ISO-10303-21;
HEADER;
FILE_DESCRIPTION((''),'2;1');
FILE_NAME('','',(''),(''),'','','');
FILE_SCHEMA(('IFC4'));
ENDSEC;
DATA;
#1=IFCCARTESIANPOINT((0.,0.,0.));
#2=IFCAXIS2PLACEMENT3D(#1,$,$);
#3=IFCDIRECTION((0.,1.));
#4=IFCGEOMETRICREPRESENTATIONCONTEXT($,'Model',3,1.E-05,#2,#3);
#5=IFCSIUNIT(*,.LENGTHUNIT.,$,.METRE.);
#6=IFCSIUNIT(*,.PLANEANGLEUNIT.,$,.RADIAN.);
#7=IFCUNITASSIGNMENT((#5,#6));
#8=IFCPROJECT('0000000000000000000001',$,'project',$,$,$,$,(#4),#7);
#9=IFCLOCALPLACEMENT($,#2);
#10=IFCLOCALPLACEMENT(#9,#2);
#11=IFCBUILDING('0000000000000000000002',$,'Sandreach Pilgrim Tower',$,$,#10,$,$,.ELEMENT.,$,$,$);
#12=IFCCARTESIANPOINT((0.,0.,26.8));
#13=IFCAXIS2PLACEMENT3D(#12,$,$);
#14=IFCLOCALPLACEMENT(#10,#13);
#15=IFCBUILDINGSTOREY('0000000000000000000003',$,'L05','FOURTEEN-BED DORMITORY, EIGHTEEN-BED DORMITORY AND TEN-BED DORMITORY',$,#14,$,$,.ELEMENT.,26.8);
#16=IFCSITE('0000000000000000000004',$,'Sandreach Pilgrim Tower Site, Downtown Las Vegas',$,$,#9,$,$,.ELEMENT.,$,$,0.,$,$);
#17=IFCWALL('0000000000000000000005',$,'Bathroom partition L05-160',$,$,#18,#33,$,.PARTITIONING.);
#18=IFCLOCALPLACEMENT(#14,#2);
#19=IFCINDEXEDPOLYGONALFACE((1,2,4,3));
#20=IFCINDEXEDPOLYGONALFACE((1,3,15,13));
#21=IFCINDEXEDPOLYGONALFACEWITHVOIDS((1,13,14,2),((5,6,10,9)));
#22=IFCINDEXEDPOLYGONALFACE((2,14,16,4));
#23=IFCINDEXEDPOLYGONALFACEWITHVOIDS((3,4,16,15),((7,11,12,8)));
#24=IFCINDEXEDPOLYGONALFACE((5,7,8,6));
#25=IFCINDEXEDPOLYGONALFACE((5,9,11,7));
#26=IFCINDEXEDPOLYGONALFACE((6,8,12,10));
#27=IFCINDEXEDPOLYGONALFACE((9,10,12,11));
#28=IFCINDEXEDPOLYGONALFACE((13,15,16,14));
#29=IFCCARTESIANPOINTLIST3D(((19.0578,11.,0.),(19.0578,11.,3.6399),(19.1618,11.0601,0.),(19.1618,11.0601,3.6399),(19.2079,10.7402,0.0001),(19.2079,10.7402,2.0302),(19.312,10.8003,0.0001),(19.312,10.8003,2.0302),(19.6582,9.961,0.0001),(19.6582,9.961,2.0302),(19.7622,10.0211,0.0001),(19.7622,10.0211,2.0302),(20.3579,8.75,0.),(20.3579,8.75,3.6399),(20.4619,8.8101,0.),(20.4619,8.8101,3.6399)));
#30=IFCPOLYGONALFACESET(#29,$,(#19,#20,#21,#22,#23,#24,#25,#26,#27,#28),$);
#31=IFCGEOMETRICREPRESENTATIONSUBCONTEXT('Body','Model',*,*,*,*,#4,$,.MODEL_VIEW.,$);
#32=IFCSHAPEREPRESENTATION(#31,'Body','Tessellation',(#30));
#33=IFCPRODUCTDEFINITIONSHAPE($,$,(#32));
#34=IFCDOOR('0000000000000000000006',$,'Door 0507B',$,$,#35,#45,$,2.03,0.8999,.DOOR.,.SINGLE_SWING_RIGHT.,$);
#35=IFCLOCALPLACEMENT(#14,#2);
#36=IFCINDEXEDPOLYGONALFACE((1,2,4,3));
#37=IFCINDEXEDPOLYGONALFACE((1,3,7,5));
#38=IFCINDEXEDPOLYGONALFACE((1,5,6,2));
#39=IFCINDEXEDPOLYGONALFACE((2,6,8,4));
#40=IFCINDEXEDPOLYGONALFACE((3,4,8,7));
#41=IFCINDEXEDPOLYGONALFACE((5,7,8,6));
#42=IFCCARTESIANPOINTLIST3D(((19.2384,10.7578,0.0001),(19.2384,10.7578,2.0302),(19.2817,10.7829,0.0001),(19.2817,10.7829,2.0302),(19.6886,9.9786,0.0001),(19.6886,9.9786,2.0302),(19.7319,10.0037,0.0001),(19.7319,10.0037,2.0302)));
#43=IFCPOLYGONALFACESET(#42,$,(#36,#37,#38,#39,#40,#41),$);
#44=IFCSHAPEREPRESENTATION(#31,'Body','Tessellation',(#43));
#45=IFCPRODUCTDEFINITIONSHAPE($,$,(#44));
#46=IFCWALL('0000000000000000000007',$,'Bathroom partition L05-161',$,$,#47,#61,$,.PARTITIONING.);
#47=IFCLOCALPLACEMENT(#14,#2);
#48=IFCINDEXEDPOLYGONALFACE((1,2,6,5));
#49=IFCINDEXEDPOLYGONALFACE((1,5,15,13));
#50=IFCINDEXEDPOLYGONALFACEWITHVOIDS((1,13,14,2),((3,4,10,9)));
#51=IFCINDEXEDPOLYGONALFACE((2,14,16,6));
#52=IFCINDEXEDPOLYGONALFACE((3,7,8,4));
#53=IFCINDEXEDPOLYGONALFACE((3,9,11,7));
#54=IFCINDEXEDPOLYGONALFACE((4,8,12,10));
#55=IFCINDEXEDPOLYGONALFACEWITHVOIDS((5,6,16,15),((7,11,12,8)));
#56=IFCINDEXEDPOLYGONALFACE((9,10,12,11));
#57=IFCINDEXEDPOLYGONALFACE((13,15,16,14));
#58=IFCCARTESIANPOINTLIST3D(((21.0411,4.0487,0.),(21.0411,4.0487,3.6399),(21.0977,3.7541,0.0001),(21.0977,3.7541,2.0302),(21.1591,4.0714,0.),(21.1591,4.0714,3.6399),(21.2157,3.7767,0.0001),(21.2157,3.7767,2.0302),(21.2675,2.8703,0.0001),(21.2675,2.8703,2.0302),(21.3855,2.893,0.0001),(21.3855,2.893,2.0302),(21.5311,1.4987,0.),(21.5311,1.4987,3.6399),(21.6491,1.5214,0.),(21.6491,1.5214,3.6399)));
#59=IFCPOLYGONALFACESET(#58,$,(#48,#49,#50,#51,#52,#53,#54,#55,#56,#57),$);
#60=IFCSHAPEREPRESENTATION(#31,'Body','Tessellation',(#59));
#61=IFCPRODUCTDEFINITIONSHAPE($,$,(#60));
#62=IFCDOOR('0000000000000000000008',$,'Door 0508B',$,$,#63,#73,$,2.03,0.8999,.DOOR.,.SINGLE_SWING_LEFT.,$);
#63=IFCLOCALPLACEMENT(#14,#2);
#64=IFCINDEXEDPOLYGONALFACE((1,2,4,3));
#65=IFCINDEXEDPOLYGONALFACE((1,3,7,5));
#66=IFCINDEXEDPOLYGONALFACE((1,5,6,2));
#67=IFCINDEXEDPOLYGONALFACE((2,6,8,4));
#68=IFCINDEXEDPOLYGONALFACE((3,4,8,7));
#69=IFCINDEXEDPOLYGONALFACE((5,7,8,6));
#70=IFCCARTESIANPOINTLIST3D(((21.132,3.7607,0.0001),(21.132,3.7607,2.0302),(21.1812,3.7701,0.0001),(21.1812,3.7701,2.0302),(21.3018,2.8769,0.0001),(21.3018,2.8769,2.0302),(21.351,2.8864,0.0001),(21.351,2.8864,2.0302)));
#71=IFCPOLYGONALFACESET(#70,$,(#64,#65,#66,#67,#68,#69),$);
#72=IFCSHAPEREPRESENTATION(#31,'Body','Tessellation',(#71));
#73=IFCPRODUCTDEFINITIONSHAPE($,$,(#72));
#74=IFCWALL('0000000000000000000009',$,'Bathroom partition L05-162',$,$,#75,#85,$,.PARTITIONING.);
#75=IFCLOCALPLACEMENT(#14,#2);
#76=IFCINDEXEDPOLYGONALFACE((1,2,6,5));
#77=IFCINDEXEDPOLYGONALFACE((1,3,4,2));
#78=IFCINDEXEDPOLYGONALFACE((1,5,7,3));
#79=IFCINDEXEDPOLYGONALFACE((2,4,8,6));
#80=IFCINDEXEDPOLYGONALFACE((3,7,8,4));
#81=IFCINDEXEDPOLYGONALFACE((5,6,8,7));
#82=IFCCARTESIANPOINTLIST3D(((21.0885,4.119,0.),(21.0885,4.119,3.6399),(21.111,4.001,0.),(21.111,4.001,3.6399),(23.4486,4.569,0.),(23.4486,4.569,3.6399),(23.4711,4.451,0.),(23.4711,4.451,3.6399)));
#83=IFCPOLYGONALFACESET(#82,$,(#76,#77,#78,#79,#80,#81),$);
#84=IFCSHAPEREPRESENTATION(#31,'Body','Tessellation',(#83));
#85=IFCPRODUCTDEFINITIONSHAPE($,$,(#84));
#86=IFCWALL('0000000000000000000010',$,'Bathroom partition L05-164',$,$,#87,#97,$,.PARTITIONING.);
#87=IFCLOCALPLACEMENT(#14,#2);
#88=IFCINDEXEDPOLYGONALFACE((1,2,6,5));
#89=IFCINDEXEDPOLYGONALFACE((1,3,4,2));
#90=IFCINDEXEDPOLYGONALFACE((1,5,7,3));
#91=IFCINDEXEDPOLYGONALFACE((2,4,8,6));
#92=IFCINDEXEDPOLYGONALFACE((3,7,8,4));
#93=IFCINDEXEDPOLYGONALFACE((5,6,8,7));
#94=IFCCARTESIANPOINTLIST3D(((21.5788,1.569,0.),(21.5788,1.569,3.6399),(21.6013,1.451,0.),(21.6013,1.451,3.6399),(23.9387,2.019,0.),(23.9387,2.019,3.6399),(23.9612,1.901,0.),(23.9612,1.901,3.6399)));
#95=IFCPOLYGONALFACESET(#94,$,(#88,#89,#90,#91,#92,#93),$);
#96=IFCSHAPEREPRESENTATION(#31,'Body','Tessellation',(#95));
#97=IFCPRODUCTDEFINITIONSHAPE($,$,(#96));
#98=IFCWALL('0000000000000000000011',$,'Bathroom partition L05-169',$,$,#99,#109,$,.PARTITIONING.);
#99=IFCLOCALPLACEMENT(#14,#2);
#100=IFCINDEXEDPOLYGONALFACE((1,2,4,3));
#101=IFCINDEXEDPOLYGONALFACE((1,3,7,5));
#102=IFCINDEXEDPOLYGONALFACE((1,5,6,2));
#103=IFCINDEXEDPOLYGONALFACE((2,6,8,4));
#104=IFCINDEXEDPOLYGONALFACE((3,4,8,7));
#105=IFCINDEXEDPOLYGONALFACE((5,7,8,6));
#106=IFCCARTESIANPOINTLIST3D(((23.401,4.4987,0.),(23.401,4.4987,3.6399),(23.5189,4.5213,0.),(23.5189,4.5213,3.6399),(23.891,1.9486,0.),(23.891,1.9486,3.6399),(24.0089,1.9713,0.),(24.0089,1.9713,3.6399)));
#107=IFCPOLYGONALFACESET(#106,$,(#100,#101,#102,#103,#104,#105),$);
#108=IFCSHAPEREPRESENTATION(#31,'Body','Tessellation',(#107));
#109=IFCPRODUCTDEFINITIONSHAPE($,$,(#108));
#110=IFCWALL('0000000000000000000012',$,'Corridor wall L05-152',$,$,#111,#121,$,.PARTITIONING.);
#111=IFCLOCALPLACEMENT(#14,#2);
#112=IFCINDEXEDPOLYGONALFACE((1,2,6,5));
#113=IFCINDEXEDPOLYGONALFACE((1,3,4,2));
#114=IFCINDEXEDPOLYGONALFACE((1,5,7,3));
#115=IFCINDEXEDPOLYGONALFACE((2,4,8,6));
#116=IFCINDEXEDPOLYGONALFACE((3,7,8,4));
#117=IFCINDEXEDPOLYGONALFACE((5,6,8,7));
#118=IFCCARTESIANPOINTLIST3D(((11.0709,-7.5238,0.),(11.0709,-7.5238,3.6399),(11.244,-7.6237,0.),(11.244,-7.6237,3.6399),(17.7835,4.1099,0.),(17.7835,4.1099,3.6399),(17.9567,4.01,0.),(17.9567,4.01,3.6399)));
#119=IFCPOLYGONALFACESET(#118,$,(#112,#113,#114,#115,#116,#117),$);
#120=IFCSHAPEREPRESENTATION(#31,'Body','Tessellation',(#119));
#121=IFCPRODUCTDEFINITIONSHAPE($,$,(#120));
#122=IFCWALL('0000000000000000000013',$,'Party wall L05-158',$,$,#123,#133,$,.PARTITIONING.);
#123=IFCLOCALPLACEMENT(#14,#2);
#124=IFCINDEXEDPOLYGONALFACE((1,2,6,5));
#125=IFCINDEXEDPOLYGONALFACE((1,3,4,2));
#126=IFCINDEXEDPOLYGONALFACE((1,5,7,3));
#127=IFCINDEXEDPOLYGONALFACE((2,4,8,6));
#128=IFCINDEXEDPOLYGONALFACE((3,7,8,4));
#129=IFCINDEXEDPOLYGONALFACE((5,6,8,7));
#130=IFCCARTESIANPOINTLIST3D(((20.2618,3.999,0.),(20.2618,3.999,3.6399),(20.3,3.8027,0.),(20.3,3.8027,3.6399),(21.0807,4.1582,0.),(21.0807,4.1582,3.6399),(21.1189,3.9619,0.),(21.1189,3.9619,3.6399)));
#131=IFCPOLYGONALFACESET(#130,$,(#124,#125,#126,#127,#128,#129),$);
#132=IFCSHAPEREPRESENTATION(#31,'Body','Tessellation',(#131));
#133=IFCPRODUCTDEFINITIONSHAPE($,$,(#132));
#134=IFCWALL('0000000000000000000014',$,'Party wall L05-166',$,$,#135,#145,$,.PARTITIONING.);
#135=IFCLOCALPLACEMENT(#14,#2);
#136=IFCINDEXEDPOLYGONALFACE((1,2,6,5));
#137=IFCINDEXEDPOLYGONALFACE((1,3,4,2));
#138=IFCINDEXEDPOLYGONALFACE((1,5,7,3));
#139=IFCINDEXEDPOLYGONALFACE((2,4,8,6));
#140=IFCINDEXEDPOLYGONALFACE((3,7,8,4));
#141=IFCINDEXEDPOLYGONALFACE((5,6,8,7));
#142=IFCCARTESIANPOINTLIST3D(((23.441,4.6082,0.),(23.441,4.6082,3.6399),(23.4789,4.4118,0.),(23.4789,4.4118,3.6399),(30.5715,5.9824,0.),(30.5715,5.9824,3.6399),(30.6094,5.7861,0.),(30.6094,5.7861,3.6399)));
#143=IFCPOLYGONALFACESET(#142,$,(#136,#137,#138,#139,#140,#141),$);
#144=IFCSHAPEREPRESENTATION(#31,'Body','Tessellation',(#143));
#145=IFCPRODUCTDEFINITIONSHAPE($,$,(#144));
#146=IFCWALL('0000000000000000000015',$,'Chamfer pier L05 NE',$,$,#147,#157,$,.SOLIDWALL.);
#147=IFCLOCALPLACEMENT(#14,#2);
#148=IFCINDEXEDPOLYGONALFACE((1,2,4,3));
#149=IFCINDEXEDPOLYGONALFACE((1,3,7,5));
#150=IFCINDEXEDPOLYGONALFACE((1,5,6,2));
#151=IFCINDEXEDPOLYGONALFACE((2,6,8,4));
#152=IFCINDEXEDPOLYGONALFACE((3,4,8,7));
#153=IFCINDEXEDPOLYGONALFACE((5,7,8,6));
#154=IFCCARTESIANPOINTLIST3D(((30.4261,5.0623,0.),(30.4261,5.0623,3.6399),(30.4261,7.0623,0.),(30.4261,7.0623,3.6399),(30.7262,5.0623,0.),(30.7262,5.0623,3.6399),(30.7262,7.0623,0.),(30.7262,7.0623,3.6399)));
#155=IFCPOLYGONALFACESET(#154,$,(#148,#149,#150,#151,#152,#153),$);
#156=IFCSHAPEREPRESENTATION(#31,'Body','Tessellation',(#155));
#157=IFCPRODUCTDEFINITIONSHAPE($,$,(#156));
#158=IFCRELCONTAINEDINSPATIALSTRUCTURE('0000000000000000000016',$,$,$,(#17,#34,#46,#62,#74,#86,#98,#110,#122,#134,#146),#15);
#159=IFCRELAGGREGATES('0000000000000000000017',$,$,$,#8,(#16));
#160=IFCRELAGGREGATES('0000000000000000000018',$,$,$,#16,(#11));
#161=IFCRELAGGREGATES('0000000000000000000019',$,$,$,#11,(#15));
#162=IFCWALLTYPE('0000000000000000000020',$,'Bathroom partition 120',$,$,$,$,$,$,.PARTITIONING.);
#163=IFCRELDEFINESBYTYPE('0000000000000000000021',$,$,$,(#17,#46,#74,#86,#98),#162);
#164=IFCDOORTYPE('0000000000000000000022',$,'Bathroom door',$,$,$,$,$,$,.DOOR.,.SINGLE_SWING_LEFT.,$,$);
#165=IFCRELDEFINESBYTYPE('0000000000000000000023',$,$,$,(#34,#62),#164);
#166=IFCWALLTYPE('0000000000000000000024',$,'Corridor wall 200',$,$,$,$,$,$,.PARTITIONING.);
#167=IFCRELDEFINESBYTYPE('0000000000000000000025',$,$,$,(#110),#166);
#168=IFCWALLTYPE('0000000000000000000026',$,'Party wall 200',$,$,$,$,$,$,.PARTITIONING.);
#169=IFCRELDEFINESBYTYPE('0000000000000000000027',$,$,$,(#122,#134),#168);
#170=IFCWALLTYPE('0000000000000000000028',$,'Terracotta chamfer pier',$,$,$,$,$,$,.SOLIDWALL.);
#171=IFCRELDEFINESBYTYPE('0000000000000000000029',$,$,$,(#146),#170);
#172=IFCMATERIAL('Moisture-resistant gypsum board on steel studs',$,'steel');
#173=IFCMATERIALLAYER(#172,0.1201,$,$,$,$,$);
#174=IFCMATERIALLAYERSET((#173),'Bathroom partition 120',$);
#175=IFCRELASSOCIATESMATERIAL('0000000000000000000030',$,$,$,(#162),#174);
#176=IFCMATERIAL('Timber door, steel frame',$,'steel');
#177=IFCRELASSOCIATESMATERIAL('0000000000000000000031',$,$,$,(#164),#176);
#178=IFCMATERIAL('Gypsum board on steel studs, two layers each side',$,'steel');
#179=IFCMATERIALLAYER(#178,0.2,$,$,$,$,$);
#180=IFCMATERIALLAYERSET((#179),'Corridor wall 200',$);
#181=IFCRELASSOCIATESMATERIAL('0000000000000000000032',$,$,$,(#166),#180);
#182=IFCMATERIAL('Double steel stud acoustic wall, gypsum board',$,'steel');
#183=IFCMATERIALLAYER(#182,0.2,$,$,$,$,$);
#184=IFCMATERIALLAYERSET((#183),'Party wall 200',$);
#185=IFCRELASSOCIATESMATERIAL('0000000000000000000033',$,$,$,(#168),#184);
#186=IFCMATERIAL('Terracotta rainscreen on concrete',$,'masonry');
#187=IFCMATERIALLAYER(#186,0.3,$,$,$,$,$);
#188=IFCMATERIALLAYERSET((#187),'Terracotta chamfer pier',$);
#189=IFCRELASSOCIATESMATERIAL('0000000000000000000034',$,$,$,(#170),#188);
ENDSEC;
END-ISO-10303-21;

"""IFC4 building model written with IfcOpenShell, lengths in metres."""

from ifc_helpers import new_model, si_unit, direction, frame, frame_2d, origin, place, context, subcontext, project, spatial, rectangle, extrude, material, layer, layer_set, type_object, element, fill, save


model = new_model("IFC4")

# Units and contexts
model_context = context("Model", 3, precision=1e-05, world=origin(), true_north=direction((0.0, 1.0)))
body_context = subcontext(model_context, "Body", "Model", "MODEL_VIEW")
ifc_project = project(units=[si_unit("LENGTHUNIT", "METRE"), si_unit("PLANEANGLEUNIT", "RADIAN")], contexts=[model_context])

# Site, building, storey
site_placement = place(None, origin())
site = spatial("IfcSite", under=ifc_project, at=site_placement, Name="Sandreach Pilgrim Tower Site, Downtown Las Vegas", CompositionType="ELEMENT", RefElevation=0.0)
building_placement = place(site_placement, origin())
building = spatial("IfcBuilding", under=site, at=building_placement, Name="Sandreach Pilgrim Tower", CompositionType="ELEMENT")
storey_placement = place(building_placement, frame((0.0, 0.0, 26.8)))
storey = spatial("IfcBuildingStorey", under=building, at=storey_placement, Name="L05", Description="FOURTEEN-BED DORMITORY, EIGHTEEN-BED DORMITORY AND TEN-BED DORMITORY", CompositionType="ELEMENT", Elevation=26.8)

# Shared definitions
ifc_material_1 = material(Name="Moisture-resistant gypsum board on steel studs", Category="steel")
ifc_layer_1 = layer(ifc_material_1, 0.1201)
ifc_layer_set_1 = layer_set([ifc_layer_1], Name="Bathroom partition 120")
wall_type_1 = type_object("IfcWallType", Name="Bathroom partition 120", PredefinedType="PARTITIONING", material=ifc_layer_set_1)

# Walls, openings, doors
wall_1_placement = place(storey_placement, frame((20.4099, 8.78, 0.0), z_axis=(0.0, 0.0, 1.0), x_axis=(-0.500292, 0.865857, 0.0)))
wall_1 = element("IfcWall", 1, at=wall_1_placement, inside=storey, type_object=wall_type_1, Name="Bathroom partition L05-160", PredefinedType="PARTITIONING", context=body_context, shape_type="SweptSolid", body=[
    extrude(rectangle(XDim=2.5986, YDim=0.1201, at=frame_2d((1.2993, 0.0))), origin(), (0.0, 0.0, 1.0), 3.6399),
])
opening_1_placement = place(wall_1_placement, frame((1.3987, 0.0, 0.0)))
opening_1 = element("IfcOpeningElement", 2, at=opening_1_placement, cuts=wall_1, PredefinedType="OPENING", context=body_context, shape_type="SweptSolid", body=[
    extrude(rectangle(XDim=0.8999, YDim=2.03, at=frame_2d((0.45, 1.0151))), frame((0.0, 0.0601, 0.0), z_axis=(0.0, -1.0, 0.0), x_axis=(1.0, 0.0, 0.0)), (0.0, 0.0, 1.0), 0.1201),
])
ifc_material_2 = material(Name="Timber door, steel frame", Category="steel")
door_type_1 = type_object("IfcDoorType", Name="Bathroom door", OperationType="SINGLE_SWING_LEFT", PredefinedType="DOOR", material=ifc_material_2)
door_1_placement = place(opening_1_placement, origin())
door_1 = element("IfcDoor", 3, at=door_1_placement, inside=storey, type_object=door_type_1, Name="Door 0507B", OperationType="SINGLE_SWING_RIGHT", OverallHeight=2.03, OverallWidth=0.8999, PredefinedType="DOOR", context=body_context, shape_type="SweptSolid", body=[
    extrude(rectangle(XDim=0.8999, YDim=2.03, at=frame_2d((0.45, 1.0151))), frame((0.0, 0.0249, 0.0), z_axis=(0.0, -1.0, 0.0), x_axis=(1.0, 0.0, 0.0)), (0.0, 0.0, 1.0), 0.05),
])
fill(opening_1, door_1)
wall_2_placement = place(storey_placement, frame((21.1001, 4.0601, 0.0), z_axis=(0.0, 0.0, 1.0), x_axis=(0.188697, -0.982035, 0.0)))
wall_2 = element("IfcWall", 4, at=wall_2_placement, inside=storey, type_object=wall_type_1, Name="Bathroom partition L05-161", PredefinedType="PARTITIONING", context=body_context, shape_type="SweptSolid", body=[
    extrude(rectangle(XDim=2.5967, YDim=0.1201, at=frame_2d((1.2983, 0.0))), origin(), (0.0, 0.0, 1.0), 3.6399),
])
opening_2_placement = place(wall_2_placement, frame((0.3, 0.0, 0.0)))
opening_2 = element("IfcOpeningElement", 5, at=opening_2_placement, cuts=wall_2, PredefinedType="OPENING", context=body_context, shape_type="SweptSolid", body=[
    extrude(rectangle(XDim=0.8999, YDim=2.03, at=frame_2d((0.45, 1.0151))), frame((0.0, 0.0601, 0.0), z_axis=(0.0, -1.0, 0.0), x_axis=(1.0, 0.0, 0.0)), (0.0, 0.0, 1.0), 0.1201),
])
door_2_placement = place(opening_2_placement, origin())
door_2 = element("IfcDoor", 6, at=door_2_placement, inside=storey, type_object=door_type_1, Name="Door 0508B", OperationType="SINGLE_SWING_LEFT", OverallHeight=2.03, OverallWidth=0.8999, PredefinedType="DOOR", context=body_context, shape_type="SweptSolid", body=[
    extrude(rectangle(XDim=0.8999, YDim=2.03, at=frame_2d((0.45, 1.0151))), frame((0.0, 0.0249, 0.0), z_axis=(0.0, -1.0, 0.0), x_axis=(1.0, 0.0, 0.0)), (0.0, 0.0, 1.0), 0.05),
])
fill(opening_2, door_2)

# Walls
wall_3_placement = place(storey_placement, frame((21.0999, 4.0601, 0.0), z_axis=(0.0, 0.0, 1.0), x_axis=(0.982307, 0.187276, 0.0)))
element("IfcWall", 7, at=wall_3_placement, inside=storey, type_object=wall_type_1, Name="Bathroom partition L05-162", PredefinedType="PARTITIONING", context=body_context, shape_type="SweptSolid", body=[
    extrude(rectangle(XDim=2.4026, YDim=0.1201, at=frame_2d((1.2012, 0.0))), origin(), (0.0, 0.0, 1.0), 3.6399),
])
wall_4_placement = place(storey_placement, frame((21.5901, 1.51, 0.0), z_axis=(0.0, 0.0, 1.0), x_axis=(0.982304, 0.187294, 0.0)))
element("IfcWall", 8, at=wall_4_placement, inside=storey, type_object=wall_type_1, Name="Bathroom partition L05-164", PredefinedType="PARTITIONING", context=body_context, shape_type="SweptSolid", body=[
    extrude(rectangle(XDim=2.4023, YDim=0.1201, at=frame_2d((1.2012, 0.0))), origin(), (0.0, 0.0, 1.0), 3.6399),
])
wall_5_placement = place(storey_placement, frame((23.95, 1.96, 0.0), z_axis=(0.0, 0.0, 1.0), x_axis=(-0.188697, 0.982035, 0.0)))
element("IfcWall", 9, at=wall_5_placement, inside=storey, type_object=wall_type_1, Name="Bathroom partition L05-169", PredefinedType="PARTITIONING", context=body_context, shape_type="SweptSolid", body=[
    extrude(rectangle(XDim=2.5967, YDim=0.1201, at=frame_2d((1.2983, 0.0))), origin(), (0.0, 0.0, 1.0), 3.6399),
])
ifc_material_3 = material(Name="Gypsum board on steel studs, two layers each side", Category="steel")
ifc_layer_2 = layer(ifc_material_3, 0.2)
ifc_layer_set_2 = layer_set([ifc_layer_2], Name="Corridor wall 200")
wall_type_2 = type_object("IfcWallType", Name="Corridor wall 200", PredefinedType="PARTITIONING", material=ifc_layer_set_2)
wall_6_placement = place(storey_placement, frame((17.8701, 4.0601, 0.0), z_axis=(0.0, 0.0, 1.0), x_axis=(-0.49977, -0.866158, 0.0)))
element("IfcWall", 10, at=wall_6_placement, inside=storey, type_object=wall_type_2, Name="Corridor wall L05-152", PredefinedType="PARTITIONING", context=body_context, shape_type="SweptSolid", body=[
    extrude(rectangle(XDim=13.4314, YDim=0.2, at=frame_2d((6.7158, 0.0))), origin(), (0.0, 0.0, 1.0), 3.6399),
])

# Walls
ifc_material_4 = material(Name="Double steel stud acoustic wall, gypsum board", Category="steel")
ifc_layer_3 = layer(ifc_material_4, 0.2)
ifc_layer_set_3 = layer_set([ifc_layer_3], Name="Party wall 200")
wall_type_3 = type_object("IfcWallType", Name="Party wall 200", PredefinedType="PARTITIONING", material=ifc_layer_set_3)
wall_7_placement = place(storey_placement, frame((20.281, 3.9009, 0.0), z_axis=(0.0, 0.0, 1.0), x_axis=(0.981625, 0.190823, 0.0)))
element("IfcWall", 11, at=wall_7_placement, inside=storey, type_object=wall_type_3, Name="Party wall L05-158", PredefinedType="PARTITIONING", context=body_context, shape_type="SweptSolid", body=[
    extrude(rectangle(XDim=0.8342, YDim=0.2, at=frame_2d((0.417, 0.0))), origin(), (0.0, 0.0, 1.0), 3.6399),
])
wall_8_placement = place(storey_placement, frame((23.46, 4.51, 0.0), z_axis=(0.0, 0.0, 1.0), x_axis=(0.98193, 0.189245, 0.0)))
element("IfcWall", 12, at=wall_8_placement, inside=storey, type_object=wall_type_3, Name="Party wall L05-166", PredefinedType="PARTITIONING", context=body_context, shape_type="SweptSolid", body=[
    extrude(rectangle(XDim=7.2617, YDim=0.2, at=frame_2d((3.6309, 0.0))), origin(), (0.0, 0.0, 1.0), 3.6399),
])
ifc_material_5 = material(Name="Terracotta rainscreen on concrete", Category="masonry")
ifc_layer_4 = layer(ifc_material_5, 0.3)
ifc_layer_set_4 = layer_set([ifc_layer_4], Name="Terracotta chamfer pier")
wall_type_4 = type_object("IfcWallType", Name="Terracotta chamfer pier", PredefinedType="SOLIDWALL", material=ifc_layer_set_4)
wall_9_placement = place(storey_placement, frame((30.5762, 7.0623, 0.0), z_axis=(0.0, 0.0, 1.0), x_axis=(0.0, -1.0, 0.0)))
element("IfcWall", 13, at=wall_9_placement, inside=storey, type_object=wall_type_4, Name="Chamfer pier L05 NE", PredefinedType="SOLIDWALL", context=body_context, shape_type="SweptSolid", body=[
    extrude(rectangle(XDim=2.0, YDim=0.3, at=frame_2d((1.0, 0.0))), origin(), (0.0, 0.0, 1.0), 3.6399),
])

save(model, "model.ifc")
